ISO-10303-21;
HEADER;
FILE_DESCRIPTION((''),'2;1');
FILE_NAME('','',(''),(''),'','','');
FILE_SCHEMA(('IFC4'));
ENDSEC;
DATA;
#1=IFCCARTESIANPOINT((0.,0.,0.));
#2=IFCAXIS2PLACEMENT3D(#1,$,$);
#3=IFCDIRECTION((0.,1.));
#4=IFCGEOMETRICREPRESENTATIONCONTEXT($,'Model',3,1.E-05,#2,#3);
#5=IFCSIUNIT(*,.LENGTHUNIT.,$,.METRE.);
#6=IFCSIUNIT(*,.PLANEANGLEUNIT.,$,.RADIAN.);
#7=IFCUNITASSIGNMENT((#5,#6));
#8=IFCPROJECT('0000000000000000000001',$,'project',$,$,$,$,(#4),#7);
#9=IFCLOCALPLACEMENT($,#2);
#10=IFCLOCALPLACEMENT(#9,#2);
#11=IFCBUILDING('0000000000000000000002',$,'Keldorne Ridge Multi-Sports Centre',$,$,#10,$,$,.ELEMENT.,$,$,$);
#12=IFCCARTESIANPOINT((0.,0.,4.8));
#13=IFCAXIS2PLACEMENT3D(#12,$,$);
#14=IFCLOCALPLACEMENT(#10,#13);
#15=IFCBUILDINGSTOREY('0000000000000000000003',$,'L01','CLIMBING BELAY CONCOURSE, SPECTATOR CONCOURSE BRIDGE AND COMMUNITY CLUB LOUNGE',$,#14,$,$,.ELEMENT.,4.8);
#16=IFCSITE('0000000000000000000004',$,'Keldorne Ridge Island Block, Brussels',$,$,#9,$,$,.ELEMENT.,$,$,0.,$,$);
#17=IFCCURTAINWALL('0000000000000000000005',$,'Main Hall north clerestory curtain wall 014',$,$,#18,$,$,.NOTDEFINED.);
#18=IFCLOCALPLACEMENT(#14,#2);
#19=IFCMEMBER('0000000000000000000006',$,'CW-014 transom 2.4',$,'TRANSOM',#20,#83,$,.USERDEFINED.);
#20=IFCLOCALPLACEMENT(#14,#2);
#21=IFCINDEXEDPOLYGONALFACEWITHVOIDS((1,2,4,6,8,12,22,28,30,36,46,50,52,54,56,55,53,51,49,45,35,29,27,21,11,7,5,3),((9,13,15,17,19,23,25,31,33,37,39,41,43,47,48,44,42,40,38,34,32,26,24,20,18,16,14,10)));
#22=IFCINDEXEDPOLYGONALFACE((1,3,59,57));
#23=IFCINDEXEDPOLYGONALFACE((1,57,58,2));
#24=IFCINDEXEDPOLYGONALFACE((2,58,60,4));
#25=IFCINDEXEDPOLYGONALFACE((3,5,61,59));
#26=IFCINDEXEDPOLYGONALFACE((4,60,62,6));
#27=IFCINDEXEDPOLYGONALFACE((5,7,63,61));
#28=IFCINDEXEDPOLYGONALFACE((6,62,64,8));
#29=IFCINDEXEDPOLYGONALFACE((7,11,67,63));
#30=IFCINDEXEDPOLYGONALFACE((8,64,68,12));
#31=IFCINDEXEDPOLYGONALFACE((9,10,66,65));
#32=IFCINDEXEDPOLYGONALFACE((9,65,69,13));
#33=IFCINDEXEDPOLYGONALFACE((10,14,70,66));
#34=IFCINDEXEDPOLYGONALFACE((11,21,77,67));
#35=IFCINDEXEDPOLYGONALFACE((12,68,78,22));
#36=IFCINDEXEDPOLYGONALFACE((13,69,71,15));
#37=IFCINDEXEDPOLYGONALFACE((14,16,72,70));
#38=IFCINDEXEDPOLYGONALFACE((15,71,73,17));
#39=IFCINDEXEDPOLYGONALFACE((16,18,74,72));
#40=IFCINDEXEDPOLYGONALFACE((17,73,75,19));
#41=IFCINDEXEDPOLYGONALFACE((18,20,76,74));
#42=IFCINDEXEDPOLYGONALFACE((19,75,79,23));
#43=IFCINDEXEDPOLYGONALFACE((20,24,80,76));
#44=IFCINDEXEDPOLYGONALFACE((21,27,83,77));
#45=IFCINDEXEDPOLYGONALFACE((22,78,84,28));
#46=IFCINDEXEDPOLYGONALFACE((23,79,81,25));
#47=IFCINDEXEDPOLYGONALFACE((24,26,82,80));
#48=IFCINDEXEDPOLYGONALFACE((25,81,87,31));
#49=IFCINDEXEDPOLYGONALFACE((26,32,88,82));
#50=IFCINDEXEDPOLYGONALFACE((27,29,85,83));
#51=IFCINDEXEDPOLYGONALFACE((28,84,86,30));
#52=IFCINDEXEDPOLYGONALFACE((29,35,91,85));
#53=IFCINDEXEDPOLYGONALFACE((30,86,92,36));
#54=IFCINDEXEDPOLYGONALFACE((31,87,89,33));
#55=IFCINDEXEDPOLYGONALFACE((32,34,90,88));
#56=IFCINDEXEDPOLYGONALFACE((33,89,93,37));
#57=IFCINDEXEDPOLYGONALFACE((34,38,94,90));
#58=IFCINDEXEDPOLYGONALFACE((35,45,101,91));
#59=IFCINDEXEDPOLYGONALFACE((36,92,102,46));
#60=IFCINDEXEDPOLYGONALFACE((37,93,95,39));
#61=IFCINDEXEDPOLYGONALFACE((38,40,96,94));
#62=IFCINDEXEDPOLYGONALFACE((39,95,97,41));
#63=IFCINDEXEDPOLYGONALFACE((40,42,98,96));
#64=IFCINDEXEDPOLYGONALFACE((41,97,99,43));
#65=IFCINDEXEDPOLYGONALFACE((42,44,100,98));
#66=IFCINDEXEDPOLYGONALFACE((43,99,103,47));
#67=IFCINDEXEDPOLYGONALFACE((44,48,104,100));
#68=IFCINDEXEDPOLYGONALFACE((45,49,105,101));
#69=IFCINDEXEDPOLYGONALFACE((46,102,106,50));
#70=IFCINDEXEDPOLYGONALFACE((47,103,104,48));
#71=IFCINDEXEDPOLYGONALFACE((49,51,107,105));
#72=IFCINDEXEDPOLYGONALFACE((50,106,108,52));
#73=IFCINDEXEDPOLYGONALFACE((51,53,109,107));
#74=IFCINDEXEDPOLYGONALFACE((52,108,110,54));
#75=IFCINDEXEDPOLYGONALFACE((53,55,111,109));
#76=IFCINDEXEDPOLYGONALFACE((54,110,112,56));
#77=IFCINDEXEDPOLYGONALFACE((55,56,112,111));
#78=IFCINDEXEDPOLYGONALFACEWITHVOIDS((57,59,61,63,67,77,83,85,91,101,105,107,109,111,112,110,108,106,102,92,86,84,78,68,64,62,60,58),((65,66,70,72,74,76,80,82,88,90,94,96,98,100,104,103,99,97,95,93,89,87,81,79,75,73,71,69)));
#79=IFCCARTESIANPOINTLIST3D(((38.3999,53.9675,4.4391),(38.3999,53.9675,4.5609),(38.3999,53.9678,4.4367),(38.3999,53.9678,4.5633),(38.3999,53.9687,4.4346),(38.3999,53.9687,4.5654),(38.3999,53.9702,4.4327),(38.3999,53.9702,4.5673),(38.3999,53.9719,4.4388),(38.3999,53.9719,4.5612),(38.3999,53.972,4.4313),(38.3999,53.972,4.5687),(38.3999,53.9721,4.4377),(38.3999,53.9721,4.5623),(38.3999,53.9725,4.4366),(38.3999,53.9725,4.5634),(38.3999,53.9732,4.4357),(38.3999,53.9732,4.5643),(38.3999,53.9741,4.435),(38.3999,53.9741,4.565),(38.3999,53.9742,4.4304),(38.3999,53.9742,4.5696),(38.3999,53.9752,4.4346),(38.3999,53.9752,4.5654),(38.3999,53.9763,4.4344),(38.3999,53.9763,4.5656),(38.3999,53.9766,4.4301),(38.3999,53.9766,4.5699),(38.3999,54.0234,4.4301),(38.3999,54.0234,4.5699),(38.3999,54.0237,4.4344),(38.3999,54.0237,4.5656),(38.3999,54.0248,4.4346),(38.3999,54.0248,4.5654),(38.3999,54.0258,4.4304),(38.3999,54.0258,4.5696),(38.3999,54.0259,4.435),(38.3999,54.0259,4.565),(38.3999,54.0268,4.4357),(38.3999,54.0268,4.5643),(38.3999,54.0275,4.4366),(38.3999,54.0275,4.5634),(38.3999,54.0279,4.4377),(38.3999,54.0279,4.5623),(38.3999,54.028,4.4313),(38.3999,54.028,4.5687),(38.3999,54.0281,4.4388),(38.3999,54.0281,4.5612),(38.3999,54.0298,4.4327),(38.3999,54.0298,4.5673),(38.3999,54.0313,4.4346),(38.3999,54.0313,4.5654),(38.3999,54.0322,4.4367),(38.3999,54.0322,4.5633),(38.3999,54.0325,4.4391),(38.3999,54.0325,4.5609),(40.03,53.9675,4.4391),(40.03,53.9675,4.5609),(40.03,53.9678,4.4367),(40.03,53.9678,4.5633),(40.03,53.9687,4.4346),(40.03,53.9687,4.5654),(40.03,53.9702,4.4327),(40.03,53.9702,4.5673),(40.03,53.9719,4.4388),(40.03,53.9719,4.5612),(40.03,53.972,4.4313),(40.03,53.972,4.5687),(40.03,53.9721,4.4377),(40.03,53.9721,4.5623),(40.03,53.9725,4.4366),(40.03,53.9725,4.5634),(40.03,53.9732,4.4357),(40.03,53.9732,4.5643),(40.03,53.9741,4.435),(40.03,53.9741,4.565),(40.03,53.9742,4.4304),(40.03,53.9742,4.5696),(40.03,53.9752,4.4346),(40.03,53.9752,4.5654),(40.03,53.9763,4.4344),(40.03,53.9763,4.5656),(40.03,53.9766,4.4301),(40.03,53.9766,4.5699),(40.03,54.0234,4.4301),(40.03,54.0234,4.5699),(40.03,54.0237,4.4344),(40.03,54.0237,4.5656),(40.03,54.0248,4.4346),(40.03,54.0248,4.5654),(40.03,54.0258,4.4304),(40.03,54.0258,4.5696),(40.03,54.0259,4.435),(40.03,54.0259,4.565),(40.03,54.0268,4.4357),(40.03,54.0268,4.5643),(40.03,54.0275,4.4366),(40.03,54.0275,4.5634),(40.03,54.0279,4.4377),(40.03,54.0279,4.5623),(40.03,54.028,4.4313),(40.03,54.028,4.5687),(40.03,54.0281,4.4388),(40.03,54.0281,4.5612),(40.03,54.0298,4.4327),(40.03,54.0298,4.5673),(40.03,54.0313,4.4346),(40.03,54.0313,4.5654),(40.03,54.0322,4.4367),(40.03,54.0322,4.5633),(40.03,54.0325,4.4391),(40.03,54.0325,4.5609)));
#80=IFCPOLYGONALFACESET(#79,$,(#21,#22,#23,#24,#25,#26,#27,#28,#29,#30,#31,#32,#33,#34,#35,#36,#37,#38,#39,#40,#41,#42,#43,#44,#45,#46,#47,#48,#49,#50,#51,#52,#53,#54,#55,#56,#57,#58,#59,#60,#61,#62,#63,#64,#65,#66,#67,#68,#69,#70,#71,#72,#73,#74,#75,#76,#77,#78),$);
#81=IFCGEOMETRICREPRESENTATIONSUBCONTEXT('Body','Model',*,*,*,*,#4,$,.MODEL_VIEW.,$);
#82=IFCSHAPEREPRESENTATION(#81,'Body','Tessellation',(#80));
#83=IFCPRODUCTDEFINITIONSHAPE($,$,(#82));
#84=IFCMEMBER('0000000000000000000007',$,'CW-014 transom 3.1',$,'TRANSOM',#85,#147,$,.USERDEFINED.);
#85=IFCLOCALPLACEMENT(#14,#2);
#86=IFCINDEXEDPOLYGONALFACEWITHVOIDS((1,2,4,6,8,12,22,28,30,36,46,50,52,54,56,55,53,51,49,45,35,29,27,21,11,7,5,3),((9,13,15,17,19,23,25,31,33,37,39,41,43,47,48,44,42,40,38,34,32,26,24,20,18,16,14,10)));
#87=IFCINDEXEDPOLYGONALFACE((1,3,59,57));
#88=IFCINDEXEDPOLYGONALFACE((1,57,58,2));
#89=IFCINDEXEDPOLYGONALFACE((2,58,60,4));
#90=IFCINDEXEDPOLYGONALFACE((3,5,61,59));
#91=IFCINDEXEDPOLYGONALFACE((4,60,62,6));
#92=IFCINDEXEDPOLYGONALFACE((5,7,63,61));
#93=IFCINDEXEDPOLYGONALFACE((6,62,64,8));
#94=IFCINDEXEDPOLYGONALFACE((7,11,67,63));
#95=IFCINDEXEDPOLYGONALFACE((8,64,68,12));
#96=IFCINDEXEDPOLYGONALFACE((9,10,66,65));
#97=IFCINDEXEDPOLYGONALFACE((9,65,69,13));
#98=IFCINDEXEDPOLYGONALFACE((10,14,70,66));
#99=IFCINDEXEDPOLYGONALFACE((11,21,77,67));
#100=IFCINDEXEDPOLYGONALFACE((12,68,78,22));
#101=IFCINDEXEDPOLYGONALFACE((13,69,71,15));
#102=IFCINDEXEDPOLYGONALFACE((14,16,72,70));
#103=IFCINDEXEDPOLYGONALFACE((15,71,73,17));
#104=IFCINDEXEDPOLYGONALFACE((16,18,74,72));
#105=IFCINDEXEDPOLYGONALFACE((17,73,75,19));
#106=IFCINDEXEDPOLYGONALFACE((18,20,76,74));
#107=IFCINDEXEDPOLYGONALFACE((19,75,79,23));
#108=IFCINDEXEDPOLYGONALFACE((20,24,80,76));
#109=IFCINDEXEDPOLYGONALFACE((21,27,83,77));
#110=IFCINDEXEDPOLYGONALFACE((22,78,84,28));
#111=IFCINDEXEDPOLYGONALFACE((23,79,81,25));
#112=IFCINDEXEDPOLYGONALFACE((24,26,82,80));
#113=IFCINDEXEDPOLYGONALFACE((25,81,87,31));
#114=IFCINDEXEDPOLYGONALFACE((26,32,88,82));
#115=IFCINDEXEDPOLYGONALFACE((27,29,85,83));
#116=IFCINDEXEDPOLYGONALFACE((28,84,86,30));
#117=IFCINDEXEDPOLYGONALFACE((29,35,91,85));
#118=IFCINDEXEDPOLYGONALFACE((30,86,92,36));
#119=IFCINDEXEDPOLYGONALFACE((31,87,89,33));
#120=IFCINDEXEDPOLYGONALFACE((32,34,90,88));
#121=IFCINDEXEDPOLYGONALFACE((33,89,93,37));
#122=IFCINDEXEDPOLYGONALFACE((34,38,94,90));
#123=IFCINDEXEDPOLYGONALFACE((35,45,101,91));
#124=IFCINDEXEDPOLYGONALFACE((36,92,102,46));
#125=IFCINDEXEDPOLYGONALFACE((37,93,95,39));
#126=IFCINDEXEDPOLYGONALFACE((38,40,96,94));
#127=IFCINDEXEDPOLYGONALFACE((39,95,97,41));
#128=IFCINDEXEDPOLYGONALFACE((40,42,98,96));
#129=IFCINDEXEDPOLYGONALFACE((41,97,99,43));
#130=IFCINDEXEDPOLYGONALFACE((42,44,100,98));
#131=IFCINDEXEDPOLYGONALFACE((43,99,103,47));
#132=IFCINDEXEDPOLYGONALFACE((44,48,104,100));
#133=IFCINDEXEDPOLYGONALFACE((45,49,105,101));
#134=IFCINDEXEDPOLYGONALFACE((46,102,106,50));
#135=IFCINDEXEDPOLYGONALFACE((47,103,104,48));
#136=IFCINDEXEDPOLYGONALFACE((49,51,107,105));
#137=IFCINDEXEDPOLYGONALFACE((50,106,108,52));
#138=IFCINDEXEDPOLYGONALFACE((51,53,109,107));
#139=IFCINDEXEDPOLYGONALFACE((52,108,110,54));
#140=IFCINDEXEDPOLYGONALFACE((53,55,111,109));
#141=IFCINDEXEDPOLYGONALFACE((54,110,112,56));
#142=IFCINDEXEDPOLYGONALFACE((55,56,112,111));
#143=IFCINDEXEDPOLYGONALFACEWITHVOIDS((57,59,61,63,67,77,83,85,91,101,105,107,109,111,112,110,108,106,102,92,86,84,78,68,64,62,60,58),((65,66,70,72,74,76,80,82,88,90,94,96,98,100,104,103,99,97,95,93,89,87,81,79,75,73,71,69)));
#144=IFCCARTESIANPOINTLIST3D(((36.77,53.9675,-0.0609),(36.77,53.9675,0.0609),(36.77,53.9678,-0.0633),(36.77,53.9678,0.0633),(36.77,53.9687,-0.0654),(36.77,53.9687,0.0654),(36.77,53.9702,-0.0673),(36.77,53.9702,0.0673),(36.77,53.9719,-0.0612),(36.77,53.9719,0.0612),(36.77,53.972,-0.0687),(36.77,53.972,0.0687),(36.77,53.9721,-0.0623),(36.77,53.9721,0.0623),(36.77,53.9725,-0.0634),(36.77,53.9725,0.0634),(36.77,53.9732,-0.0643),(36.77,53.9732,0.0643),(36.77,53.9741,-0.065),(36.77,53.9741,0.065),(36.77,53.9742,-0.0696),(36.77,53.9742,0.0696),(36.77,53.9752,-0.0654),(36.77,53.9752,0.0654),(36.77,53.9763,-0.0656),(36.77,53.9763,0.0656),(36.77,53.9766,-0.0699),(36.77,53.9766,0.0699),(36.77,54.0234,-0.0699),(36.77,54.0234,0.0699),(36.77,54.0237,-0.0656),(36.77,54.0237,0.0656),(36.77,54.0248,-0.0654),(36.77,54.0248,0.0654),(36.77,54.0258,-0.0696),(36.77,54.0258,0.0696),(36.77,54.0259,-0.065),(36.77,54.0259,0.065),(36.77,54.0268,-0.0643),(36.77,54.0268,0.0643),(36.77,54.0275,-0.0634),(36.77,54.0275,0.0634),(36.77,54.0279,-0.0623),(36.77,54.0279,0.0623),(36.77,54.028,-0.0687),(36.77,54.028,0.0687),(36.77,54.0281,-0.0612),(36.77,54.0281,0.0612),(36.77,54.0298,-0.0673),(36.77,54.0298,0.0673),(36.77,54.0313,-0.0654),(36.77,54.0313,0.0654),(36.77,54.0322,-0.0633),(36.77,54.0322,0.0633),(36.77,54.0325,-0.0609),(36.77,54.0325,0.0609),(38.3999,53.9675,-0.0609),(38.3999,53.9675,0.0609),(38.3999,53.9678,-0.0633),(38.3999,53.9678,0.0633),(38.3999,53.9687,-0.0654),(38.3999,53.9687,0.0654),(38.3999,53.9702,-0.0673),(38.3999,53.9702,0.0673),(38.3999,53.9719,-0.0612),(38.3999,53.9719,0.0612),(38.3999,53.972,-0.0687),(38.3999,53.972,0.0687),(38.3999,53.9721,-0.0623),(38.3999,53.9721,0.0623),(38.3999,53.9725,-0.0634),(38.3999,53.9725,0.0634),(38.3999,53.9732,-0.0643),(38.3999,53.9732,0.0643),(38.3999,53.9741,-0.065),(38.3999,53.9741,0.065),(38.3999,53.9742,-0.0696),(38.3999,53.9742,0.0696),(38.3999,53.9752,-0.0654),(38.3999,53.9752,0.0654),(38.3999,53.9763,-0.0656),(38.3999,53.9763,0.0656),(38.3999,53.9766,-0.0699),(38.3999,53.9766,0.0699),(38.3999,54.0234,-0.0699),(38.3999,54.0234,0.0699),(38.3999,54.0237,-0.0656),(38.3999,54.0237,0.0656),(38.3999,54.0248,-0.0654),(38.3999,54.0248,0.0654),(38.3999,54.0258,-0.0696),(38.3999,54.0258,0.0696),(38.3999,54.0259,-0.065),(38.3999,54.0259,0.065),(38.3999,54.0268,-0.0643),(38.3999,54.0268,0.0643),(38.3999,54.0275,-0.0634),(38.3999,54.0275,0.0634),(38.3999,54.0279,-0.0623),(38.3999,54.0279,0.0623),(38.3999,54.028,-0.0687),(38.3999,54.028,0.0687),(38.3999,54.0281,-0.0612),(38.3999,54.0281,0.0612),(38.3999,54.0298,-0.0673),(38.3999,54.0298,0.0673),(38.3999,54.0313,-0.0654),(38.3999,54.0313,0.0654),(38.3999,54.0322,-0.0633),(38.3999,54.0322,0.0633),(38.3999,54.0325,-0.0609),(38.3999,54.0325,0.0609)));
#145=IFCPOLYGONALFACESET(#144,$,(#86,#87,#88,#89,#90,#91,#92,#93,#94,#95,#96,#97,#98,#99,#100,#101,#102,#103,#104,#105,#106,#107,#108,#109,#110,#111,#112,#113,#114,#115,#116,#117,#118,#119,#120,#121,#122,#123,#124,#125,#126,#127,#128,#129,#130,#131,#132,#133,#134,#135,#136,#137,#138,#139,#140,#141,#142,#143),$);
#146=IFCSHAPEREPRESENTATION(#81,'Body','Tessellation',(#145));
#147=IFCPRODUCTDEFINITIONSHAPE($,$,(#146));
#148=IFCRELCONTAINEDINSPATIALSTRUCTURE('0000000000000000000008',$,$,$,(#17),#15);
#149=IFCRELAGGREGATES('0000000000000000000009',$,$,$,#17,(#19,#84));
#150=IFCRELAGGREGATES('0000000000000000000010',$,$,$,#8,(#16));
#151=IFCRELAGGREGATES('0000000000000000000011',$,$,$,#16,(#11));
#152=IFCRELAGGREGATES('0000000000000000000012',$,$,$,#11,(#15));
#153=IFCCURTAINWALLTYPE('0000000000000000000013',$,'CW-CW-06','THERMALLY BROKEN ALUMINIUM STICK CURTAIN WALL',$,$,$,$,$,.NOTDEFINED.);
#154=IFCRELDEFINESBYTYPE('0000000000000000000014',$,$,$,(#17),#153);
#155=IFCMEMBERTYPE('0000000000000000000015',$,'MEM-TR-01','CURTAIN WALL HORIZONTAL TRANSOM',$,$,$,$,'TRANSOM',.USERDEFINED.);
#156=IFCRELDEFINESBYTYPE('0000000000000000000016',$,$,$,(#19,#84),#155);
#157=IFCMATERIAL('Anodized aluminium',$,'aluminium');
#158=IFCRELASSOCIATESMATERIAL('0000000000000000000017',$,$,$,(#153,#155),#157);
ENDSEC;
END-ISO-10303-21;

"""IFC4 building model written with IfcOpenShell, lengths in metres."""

from ifc_helpers import new_model, si_unit, direction, frame, origin, origin_2d, place, context, subcontext, project, spatial, hollow_rectangle, extrude, material, material_profile, profile_set, type_object, element, aggregate, save


model = new_model("IFC4")

# Units and contexts
model_context = context("Model", 3, precision=1e-05, world=origin(), true_north=direction((0.0, 1.0)))
body_context = subcontext(model_context, "Body", "Model", "MODEL_VIEW")
ifc_project = project(units=[si_unit("LENGTHUNIT", "METRE"), si_unit("PLANEANGLEUNIT", "RADIAN")], contexts=[model_context])

# Site, building, storey
site_placement = place(None, origin())
site = spatial("IfcSite", under=ifc_project, at=site_placement, Name="Keldorne Ridge Island Block, Brussels", CompositionType="ELEMENT", RefElevation=0.0)
building_placement = place(site_placement, origin())
building = spatial("IfcBuilding", under=site, at=building_placement, Name="Keldorne Ridge Multi-Sports Centre", CompositionType="ELEMENT")
storey_placement = place(building_placement, frame((0.0, 0.0, 4.8)))
storey = spatial("IfcBuildingStorey", under=building, at=storey_placement, Name="L01", Description="CLIMBING BELAY CONCOURSE, SPECTATOR CONCOURSE BRIDGE AND COMMUNITY CLUB LOUNGE", CompositionType="ELEMENT", Elevation=4.8)

# Curtain wall
ifc_material_1 = material(Name="Anodized aluminium", Category="aluminium")
curtain_wall_type_1 = type_object("IfcCurtainWallType", Name="CW-CW-06", Description="THERMALLY BROKEN ALUMINIUM STICK CURTAIN WALL", PredefinedType="NOTDEFINED", material=ifc_material_1)
curtain_wall_1_placement = place(storey_placement, origin())
curtain_wall_1 = element("IfcCurtainWall", 1, at=curtain_wall_1_placement, inside=storey, type_object=curtain_wall_type_1, Name="Main Hall north clerestory curtain wall 014", PredefinedType="NOTDEFINED")

# Members
ifc_material_profile_1 = material_profile(ifc_material_1, hollow_rectangle(XDim=0.0649, YDim=0.1399, WallThickness=0.0044, InnerFilletRadius=0.0044, OuterFilletRadius=0.009, at=origin_2d()), Name="ALU TRANSOM 140x65x4.5")
ifc_profile_set_1 = profile_set([ifc_material_profile_1], Name="Anodized aluminium")
member_type_1 = type_object("IfcMemberType", Name="MEM-TR-01", Description="CURTAIN WALL HORIZONTAL TRANSOM", ElementType="TRANSOM", PredefinedType="USERDEFINED", material=ifc_profile_set_1)
member_1_placement = place(storey_placement, frame((40.03, 54.0, 4.5), z_axis=(-1.0, 0.0, 0.0), x_axis=(0.0, -1.0, 0.0)))
member_1 = element("IfcMember", 2, at=member_1_placement, type_object=member_type_1, Name="CW-014 transom 2.4", ObjectType="TRANSOM", PredefinedType="USERDEFINED", context=body_context, shape_type="SweptSolid", body=[
    extrude(hollow_rectangle(XDim=0.0649, YDim=0.1399, WallThickness=0.0044, InnerFilletRadius=0.0044, OuterFilletRadius=0.009, at=origin_2d()), origin(), (0.0, 0.0, 1.0), 1.6301),
])
member_2_placement = place(storey_placement, frame((38.3999, 54.0, 0.0), z_axis=(-1.0, 0.0, 0.0), x_axis=(0.0, -1.0, 0.0)))
member_2 = element("IfcMember", 3, at=member_2_placement, type_object=member_type_1, Name="CW-014 transom 3.1", ObjectType="TRANSOM", PredefinedType="USERDEFINED", context=body_context, shape_type="SweptSolid", body=[
    extrude(hollow_rectangle(XDim=0.0649, YDim=0.1399, WallThickness=0.0044, InnerFilletRadius=0.0044, OuterFilletRadius=0.009, at=origin_2d()), origin(), (0.0, 0.0, 1.0), 1.6299),
])

aggregate(curtain_wall_1, [member_1, member_2])

save(model, "model.ifc")
